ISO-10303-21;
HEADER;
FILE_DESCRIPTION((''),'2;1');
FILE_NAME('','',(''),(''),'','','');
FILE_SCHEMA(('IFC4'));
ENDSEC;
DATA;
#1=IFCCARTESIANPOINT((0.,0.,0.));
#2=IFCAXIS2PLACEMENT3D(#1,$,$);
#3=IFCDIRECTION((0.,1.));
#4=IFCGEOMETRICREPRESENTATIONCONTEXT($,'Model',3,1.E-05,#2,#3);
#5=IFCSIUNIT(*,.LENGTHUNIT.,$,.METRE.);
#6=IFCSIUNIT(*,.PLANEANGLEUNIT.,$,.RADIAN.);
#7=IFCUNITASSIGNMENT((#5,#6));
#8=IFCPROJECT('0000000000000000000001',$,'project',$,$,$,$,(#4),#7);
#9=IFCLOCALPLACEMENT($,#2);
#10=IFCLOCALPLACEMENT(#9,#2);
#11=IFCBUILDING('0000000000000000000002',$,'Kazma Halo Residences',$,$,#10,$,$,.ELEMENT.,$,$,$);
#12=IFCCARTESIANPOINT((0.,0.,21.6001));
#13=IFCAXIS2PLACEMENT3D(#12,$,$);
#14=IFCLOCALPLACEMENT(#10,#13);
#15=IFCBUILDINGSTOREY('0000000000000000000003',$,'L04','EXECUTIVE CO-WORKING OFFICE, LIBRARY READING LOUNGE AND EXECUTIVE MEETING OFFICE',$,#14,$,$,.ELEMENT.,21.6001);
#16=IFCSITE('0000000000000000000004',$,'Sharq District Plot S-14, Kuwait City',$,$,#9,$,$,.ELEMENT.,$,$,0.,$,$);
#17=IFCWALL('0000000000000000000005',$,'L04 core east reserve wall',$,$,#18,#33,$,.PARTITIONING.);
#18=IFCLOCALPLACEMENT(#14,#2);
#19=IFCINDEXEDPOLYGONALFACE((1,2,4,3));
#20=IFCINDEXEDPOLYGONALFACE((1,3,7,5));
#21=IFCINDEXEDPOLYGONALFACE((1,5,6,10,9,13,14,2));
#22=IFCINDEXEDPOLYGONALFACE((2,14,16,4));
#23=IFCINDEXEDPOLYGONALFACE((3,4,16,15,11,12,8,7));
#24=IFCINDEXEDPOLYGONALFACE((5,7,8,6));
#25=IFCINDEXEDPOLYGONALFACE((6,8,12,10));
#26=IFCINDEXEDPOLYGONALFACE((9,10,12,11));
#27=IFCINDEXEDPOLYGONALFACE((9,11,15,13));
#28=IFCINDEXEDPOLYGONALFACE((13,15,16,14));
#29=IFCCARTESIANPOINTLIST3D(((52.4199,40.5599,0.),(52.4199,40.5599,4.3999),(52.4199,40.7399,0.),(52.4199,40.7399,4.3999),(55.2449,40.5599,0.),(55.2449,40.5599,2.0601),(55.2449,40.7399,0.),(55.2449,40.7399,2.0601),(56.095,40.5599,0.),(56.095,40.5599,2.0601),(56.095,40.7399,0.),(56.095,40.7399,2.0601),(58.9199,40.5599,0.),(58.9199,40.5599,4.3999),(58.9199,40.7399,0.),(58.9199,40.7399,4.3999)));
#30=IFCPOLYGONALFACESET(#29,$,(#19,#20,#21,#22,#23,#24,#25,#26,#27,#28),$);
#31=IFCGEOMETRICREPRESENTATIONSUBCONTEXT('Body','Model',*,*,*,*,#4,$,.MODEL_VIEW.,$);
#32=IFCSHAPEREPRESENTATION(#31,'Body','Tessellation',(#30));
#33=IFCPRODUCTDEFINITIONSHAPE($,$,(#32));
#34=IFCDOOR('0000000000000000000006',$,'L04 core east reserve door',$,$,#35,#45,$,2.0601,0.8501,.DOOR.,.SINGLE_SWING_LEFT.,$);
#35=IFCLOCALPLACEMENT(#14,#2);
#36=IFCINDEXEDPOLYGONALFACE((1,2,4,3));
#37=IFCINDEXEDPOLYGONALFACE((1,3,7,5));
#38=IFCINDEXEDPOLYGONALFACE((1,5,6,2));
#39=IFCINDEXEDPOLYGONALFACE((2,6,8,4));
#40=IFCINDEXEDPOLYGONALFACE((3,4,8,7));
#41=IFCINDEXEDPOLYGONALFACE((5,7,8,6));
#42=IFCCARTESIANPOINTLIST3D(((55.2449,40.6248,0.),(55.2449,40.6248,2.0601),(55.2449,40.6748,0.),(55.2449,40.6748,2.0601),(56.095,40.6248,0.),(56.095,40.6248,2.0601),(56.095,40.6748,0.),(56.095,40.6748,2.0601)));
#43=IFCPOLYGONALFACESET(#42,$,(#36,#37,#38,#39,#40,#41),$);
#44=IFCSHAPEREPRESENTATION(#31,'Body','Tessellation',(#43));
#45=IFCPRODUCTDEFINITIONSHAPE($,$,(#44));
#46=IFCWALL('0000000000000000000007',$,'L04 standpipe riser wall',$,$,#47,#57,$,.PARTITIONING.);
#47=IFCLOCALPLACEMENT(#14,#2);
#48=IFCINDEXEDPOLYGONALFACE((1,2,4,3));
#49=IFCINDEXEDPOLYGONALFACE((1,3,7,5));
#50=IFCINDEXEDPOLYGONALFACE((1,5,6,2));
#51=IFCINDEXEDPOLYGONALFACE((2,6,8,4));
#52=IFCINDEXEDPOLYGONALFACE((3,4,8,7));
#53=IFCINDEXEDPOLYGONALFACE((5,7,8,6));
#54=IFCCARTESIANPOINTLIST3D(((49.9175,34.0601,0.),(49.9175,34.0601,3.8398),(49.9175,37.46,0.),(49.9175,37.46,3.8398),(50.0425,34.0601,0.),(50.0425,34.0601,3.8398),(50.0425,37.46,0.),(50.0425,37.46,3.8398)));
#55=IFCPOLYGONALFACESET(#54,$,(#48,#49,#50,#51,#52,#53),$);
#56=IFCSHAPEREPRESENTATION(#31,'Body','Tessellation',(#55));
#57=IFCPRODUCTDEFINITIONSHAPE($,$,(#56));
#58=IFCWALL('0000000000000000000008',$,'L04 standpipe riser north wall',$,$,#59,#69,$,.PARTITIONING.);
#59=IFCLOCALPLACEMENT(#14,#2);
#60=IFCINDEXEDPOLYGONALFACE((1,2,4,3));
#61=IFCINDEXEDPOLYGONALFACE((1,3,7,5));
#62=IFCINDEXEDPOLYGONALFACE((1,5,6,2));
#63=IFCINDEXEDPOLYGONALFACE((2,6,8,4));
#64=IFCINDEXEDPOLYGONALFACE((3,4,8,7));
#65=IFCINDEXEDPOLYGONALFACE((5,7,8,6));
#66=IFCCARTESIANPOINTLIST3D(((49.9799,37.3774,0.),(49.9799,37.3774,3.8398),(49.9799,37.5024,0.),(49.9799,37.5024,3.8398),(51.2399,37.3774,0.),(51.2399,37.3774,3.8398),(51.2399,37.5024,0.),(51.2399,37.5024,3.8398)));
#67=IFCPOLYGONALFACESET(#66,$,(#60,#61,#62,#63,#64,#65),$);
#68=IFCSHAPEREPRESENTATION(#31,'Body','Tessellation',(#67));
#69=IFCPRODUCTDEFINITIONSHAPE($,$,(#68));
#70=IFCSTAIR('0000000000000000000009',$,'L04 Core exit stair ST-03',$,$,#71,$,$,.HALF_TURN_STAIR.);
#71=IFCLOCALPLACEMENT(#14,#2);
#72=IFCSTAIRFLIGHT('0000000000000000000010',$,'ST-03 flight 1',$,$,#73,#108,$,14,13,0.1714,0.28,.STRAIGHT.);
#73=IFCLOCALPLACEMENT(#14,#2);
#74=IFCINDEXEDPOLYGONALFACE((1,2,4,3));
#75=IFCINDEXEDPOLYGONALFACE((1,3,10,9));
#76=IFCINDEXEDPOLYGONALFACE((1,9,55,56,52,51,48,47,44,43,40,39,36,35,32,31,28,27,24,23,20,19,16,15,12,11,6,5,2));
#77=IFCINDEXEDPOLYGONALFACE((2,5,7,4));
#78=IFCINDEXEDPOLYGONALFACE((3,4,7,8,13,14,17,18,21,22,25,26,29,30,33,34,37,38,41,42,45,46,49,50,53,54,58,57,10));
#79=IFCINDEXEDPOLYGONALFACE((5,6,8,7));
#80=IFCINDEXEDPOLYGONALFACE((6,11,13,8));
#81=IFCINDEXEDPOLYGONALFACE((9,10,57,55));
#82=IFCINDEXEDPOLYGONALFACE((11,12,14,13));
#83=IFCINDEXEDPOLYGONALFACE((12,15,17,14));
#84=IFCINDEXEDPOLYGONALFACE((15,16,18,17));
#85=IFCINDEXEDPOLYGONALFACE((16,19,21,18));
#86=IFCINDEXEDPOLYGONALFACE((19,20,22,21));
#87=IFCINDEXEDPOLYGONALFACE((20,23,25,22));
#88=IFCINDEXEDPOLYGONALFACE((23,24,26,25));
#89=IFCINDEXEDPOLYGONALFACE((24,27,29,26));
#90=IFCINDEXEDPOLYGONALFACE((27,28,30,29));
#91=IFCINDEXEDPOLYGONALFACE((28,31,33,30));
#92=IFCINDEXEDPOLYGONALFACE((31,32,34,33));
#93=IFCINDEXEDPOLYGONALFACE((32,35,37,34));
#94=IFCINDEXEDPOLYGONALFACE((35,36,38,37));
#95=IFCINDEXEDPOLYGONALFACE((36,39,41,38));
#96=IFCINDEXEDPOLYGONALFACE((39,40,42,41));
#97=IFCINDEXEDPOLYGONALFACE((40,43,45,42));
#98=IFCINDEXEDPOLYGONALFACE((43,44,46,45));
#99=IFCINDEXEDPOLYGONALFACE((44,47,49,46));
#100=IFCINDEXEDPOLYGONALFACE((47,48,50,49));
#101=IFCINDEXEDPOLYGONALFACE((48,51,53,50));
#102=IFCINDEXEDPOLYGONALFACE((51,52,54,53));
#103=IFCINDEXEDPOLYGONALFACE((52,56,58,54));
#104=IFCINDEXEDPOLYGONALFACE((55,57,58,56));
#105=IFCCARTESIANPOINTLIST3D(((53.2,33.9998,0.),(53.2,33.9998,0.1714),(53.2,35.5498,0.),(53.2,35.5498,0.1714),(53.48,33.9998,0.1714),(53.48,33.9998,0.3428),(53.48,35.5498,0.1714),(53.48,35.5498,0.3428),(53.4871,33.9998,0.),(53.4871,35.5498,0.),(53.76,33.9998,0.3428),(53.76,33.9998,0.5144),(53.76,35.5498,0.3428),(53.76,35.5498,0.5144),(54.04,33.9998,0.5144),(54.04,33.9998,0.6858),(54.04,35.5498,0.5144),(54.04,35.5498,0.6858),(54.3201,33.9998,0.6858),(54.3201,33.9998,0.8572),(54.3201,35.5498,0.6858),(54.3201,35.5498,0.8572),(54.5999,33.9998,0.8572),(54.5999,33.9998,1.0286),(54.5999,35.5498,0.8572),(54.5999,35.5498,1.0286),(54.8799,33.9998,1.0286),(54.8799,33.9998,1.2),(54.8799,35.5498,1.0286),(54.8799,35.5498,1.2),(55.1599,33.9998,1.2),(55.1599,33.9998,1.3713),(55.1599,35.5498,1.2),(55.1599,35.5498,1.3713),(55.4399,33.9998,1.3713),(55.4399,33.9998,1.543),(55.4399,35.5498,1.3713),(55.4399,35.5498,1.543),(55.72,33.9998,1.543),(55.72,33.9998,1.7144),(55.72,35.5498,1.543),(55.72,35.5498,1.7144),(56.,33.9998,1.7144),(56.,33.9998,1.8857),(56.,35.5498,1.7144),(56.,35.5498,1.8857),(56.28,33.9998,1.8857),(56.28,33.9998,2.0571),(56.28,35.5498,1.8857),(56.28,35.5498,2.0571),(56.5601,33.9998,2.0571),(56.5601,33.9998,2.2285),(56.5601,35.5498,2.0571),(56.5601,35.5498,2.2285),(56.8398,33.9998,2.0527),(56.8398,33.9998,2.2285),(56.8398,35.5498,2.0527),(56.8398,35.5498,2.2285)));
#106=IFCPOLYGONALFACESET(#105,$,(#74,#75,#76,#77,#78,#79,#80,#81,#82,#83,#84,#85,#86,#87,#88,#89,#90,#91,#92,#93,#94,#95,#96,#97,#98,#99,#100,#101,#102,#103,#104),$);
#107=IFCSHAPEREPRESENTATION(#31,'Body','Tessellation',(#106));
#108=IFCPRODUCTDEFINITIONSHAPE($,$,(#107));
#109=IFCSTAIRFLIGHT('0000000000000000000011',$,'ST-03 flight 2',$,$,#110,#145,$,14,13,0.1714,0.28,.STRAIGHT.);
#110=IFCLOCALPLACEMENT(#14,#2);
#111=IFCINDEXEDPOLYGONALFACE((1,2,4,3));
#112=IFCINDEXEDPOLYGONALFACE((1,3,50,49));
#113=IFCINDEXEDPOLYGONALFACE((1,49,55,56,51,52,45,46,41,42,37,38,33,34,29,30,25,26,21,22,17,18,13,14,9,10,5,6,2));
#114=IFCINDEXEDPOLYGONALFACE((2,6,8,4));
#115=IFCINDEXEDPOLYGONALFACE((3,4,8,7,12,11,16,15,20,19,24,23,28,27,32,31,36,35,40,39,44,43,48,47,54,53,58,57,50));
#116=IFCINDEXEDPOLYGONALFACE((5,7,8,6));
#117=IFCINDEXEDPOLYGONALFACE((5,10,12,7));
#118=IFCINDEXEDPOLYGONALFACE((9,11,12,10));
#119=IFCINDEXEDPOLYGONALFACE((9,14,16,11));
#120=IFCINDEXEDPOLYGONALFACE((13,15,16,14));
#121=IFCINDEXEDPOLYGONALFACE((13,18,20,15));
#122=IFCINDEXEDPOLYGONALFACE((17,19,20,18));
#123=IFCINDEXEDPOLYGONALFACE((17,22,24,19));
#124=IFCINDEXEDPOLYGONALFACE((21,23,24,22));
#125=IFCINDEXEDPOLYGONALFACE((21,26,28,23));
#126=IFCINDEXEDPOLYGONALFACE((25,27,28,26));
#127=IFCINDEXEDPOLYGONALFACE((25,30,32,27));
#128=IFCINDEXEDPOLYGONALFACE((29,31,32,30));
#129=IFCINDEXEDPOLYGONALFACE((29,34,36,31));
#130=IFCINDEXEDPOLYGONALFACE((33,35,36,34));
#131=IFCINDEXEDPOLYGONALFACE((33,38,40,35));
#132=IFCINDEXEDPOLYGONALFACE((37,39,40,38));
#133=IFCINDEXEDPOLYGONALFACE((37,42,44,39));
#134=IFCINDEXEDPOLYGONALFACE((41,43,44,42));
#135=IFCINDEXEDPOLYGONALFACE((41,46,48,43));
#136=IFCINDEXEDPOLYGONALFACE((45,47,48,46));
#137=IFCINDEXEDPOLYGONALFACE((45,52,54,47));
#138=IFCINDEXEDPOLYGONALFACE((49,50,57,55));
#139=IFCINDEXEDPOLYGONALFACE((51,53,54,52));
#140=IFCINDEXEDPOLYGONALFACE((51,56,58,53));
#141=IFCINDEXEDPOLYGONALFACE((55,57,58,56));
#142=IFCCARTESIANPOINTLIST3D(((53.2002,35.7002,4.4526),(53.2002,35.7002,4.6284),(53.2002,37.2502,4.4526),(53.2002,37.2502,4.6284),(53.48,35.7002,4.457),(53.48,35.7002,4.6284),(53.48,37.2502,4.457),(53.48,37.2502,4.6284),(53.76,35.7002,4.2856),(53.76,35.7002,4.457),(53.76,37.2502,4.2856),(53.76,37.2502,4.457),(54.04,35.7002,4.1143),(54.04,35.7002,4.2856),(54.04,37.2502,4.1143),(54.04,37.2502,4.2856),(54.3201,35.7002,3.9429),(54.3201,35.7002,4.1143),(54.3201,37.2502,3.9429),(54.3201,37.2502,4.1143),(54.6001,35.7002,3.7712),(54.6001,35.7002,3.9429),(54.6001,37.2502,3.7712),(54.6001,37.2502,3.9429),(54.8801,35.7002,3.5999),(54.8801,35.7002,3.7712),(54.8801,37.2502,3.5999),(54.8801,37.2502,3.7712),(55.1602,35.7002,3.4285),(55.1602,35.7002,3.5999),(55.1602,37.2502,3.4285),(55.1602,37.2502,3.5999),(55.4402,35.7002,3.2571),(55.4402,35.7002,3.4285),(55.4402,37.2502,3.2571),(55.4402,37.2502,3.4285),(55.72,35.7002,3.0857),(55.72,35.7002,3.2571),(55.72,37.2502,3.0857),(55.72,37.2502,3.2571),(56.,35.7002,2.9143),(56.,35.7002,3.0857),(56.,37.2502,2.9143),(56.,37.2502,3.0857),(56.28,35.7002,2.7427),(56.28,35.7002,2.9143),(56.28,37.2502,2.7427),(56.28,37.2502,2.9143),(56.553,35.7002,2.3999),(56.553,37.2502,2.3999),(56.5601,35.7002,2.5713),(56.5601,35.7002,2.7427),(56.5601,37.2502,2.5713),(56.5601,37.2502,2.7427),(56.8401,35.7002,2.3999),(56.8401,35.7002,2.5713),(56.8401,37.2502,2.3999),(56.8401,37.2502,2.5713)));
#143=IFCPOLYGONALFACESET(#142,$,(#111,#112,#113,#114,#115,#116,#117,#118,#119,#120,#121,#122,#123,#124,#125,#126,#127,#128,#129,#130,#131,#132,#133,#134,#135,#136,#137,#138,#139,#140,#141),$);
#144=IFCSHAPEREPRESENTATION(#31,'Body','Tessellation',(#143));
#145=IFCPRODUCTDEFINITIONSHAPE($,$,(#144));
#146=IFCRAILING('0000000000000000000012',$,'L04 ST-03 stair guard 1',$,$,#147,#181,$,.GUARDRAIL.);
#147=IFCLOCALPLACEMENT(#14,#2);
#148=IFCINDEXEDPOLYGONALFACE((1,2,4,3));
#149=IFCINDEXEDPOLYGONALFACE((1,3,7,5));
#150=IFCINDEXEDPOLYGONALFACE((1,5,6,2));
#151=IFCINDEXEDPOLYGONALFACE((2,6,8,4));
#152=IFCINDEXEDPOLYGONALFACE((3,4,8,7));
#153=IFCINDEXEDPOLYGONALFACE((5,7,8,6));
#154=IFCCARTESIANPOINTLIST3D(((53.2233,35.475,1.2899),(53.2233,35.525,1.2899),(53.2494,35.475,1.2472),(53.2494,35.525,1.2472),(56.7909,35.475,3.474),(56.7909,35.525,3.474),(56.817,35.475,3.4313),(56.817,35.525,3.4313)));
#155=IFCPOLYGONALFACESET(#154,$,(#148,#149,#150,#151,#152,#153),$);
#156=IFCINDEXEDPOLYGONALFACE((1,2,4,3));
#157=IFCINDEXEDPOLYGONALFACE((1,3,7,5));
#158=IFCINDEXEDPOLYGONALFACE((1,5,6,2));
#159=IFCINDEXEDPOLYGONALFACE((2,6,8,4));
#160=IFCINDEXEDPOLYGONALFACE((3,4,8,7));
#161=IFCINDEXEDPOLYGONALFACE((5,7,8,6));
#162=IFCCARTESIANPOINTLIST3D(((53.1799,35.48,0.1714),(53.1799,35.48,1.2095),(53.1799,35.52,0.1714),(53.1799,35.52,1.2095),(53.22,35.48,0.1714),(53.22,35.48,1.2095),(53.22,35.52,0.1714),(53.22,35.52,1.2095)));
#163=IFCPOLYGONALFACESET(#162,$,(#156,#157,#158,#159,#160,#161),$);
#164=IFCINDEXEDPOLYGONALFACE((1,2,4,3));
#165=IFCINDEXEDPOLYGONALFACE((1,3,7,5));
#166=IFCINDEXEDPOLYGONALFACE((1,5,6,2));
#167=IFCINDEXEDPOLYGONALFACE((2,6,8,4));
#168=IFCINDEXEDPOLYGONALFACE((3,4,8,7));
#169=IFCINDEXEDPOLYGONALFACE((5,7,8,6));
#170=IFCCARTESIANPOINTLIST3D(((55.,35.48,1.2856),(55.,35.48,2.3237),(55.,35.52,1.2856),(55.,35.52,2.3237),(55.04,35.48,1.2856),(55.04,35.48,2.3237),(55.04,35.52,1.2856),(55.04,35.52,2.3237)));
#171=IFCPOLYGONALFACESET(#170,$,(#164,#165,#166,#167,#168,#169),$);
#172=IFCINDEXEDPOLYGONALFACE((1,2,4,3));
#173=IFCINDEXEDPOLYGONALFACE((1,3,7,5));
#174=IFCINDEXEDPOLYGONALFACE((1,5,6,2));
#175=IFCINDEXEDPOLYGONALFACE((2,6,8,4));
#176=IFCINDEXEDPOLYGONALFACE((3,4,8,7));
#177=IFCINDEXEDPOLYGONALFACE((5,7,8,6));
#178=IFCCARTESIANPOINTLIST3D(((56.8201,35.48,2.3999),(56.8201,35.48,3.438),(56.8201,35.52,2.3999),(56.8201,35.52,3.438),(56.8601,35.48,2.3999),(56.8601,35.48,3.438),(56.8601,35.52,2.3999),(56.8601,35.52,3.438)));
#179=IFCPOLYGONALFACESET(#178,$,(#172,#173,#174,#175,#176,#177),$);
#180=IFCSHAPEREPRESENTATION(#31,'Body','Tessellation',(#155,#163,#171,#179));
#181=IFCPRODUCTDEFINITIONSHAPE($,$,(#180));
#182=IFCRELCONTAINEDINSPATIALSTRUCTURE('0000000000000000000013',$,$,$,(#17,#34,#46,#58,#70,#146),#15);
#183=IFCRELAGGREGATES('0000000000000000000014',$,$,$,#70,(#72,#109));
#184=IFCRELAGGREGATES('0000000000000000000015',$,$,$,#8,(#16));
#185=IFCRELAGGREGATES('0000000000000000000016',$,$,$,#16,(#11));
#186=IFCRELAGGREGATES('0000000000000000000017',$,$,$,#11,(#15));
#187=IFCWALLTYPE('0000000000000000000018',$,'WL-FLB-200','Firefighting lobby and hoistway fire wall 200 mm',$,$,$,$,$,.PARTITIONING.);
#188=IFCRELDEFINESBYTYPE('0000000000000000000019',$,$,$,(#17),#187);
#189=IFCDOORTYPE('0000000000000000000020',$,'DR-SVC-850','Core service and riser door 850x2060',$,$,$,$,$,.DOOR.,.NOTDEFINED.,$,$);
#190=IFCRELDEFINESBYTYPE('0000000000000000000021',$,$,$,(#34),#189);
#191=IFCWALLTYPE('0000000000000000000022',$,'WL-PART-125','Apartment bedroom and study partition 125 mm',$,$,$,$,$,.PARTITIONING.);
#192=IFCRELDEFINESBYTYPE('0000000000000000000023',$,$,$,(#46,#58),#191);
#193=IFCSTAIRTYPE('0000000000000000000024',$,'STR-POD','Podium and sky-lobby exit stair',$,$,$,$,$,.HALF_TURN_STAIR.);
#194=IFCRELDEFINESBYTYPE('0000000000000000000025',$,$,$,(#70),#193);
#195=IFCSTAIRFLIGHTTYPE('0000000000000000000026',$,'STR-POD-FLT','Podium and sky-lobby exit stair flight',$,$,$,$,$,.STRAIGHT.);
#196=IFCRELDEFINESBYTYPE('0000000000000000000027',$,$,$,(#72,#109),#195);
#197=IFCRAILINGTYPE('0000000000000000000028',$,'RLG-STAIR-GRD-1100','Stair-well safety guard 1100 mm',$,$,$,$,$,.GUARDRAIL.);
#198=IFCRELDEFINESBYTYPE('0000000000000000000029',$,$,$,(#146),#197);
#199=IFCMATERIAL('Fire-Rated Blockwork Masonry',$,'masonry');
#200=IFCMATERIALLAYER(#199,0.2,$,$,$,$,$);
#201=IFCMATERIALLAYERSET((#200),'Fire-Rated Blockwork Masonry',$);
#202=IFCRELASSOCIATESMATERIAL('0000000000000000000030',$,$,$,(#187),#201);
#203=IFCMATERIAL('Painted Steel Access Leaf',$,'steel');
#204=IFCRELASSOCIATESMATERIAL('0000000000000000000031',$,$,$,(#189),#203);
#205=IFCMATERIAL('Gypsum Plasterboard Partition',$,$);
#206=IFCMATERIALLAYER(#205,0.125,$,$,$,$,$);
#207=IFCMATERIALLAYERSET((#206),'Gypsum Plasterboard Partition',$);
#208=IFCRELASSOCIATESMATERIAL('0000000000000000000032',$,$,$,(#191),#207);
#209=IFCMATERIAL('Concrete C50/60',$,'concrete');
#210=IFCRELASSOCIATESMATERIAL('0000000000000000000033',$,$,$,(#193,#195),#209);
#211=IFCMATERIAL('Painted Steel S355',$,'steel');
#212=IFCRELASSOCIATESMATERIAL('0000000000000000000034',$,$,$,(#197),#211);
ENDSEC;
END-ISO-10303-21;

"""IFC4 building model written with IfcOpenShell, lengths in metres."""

from ifc_helpers import new_model, si_unit, direction, frame, frame_2d, origin, origin_2d, place, context, subcontext, project, spatial, polyline, rectangle, outline, extrude, material, layer, layer_set, type_object, element, fill, aggregate, save


model = new_model("IFC4")

# Units and contexts
model_context = context("Model", 3, precision=1e-05, world=origin(), true_north=direction((0.0, 1.0)))
body_context = subcontext(model_context, "Body", "Model", "MODEL_VIEW")
ifc_project = project(units=[si_unit("LENGTHUNIT", "METRE"), si_unit("PLANEANGLEUNIT", "RADIAN")], contexts=[model_context])

# Site, building, storey
site_placement = place(None, origin())
site = spatial("IfcSite", under=ifc_project, at=site_placement, Name="Sharq District Plot S-14, Kuwait City", CompositionType="ELEMENT", RefElevation=0.0)
building_placement = place(site_placement, origin())
building = spatial("IfcBuilding", under=site, at=building_placement, Name="Kazma Halo Residences", CompositionType="ELEMENT")
storey_placement = place(building_placement, frame((0.0, 0.0, 21.6001)))
storey = spatial("IfcBuildingStorey", under=building, at=storey_placement, Name="L04", Description="EXECUTIVE CO-WORKING OFFICE, LIBRARY READING LOUNGE AND EXECUTIVE MEETING OFFICE", CompositionType="ELEMENT", Elevation=21.6001)

# Shared definitions
ifc_material_1 = material(Name="Fire-Rated Blockwork Masonry", Category="masonry")
ifc_layer_1 = layer(ifc_material_1, 0.2)
ifc_layer_set_1 = layer_set([ifc_layer_1], Name="Fire-Rated Blockwork Masonry")
wall_type_1 = type_object("IfcWallType", Name="WL-FLB-200", Description="Firefighting lobby and hoistway fire wall 200 mm", PredefinedType="PARTITIONING", material=ifc_layer_set_1)

# Wall, opening, door
wall_1_placement = place(storey_placement, frame((52.4199, 40.6499, 0.0), z_axis=(0.0, 0.0, 1.0), x_axis=(1.0, 0.0, 0.0)))
wall_1 = element("IfcWall", 1, at=wall_1_placement, inside=storey, type_object=wall_type_1, Name="L04 core east reserve wall", PredefinedType="PARTITIONING", context=body_context, shape_type="SweptSolid", body=[
    extrude(rectangle(XDim=6.5, YDim=0.1799, at=frame_2d((3.25, 0.0))), origin(), (0.0, 0.0, 1.0), 4.3999),
])
opening_1_placement = place(wall_1_placement, frame((2.825, 0.0, 0.0)))
opening_1 = element("IfcOpeningElement", 2, at=opening_1_placement, cuts=wall_1, PredefinedType="OPENING", context=body_context, shape_type="SweptSolid", body=[
    extrude(rectangle(XDim=0.8501, YDim=2.0601, at=frame_2d((0.425, 1.03))), frame((0.0, 0.0999, 0.0), z_axis=(0.0, -1.0, 0.0), x_axis=(1.0, 0.0, 0.0)), (0.0, 0.0, 1.0), 0.2),
])
ifc_material_2 = material(Name="Painted Steel Access Leaf", Category="steel")
door_type_1 = type_object("IfcDoorType", Name="DR-SVC-850", Description="Core service and riser door 850x2060", OperationType="NOTDEFINED", PredefinedType="DOOR", material=ifc_material_2)
door_1_placement = place(opening_1_placement, origin())
door_1 = element("IfcDoor", 3, at=door_1_placement, inside=storey, type_object=door_type_1, Name="L04 core east reserve door", OperationType="SINGLE_SWING_LEFT", OverallHeight=2.0601, OverallWidth=0.8501, PredefinedType="DOOR", context=body_context, shape_type="SweptSolid", body=[
    extrude(rectangle(XDim=0.8501, YDim=2.0601, at=frame_2d((0.425, 1.03))), frame((0.0, 0.0249, 0.0), z_axis=(0.0, -1.0, 0.0), x_axis=(1.0, 0.0, 0.0)), (0.0, 0.0, 1.0), 0.05),
])
fill(opening_1, door_1)

# Walls
ifc_material_3 = material(Name="Gypsum Plasterboard Partition")
ifc_layer_2 = layer(ifc_material_3, 0.125)
ifc_layer_set_2 = layer_set([ifc_layer_2], Name="Gypsum Plasterboard Partition")
wall_type_2 = type_object("IfcWallType", Name="WL-PART-125", Description="Apartment bedroom and study partition 125 mm", PredefinedType="PARTITIONING", material=ifc_layer_set_2)
wall_2_placement = place(storey_placement, frame((49.98, 34.0601, 0.0), z_axis=(0.0, 0.0, 1.0), x_axis=(0.0, 1.0, 0.0)))
element("IfcWall", 4, at=wall_2_placement, inside=storey, type_object=wall_type_2, Name="L04 standpipe riser wall", PredefinedType="PARTITIONING", context=body_context, shape_type="SweptSolid", body=[
    extrude(rectangle(XDim=3.3999, YDim=0.125, at=frame_2d((1.7, 0.0))), origin(), (0.0, 0.0, 1.0), 3.8398),
])
wall_3_placement = place(storey_placement, frame((49.98, 37.4399, 0.0), z_axis=(0.0, 0.0, 1.0), x_axis=(1.0, 0.0, 0.0)))
element("IfcWall", 5, at=wall_3_placement, inside=storey, type_object=wall_type_2, Name="L04 standpipe riser north wall", PredefinedType="PARTITIONING", context=body_context, shape_type="SweptSolid", body=[
    extrude(rectangle(XDim=1.26, YDim=0.125, at=frame_2d((0.6299, 0.0))), origin(), (0.0, 0.0, 1.0), 3.8398),
])

# Shared definitions
ifc_material_4 = material(Name="Concrete C50/60", Category="concrete")

# Stair, stair flights
stair_type = type_object("IfcStairType", Name="STR-POD", Description="Podium and sky-lobby exit stair", PredefinedType="HALF_TURN_STAIR", material=ifc_material_4)
stair_placement = place(storey_placement, origin())
stair = element("IfcStair", 6, at=stair_placement, inside=storey, type_object=stair_type, Name="L04 Core exit stair ST-03", PredefinedType="HALF_TURN_STAIR")
stair_flight_type = type_object("IfcStairFlightType", Name="STR-POD-FLT", Description="Podium and sky-lobby exit stair flight", PredefinedType="STRAIGHT", material=ifc_material_4)
stair_flight_1_placement = place(storey_placement, frame((53.2, 34.7749, 0.0), z_axis=(0.0, 0.0, 1.0), x_axis=(1.0, 0.0, 0.0)))
stair_flight_1 = element("IfcStairFlight", 7, at=stair_flight_1_placement, type_object=stair_flight_type, Name="ST-03 flight 1", NumberOfRisers=14, NumberOfTreads=13, PredefinedType="STRAIGHT", RiserHeight=0.1714, TreadLength=0.28, context=body_context, shape_type="SweptSolid", body=[
    extrude(outline(polyline([(0.0, 0.0), (0.0, 0.1714), (0.28, 0.1714), (0.28, 0.3428), (0.5601, 0.3428), (0.5601, 0.5144), (0.8401, 0.5144), (0.8401, 0.6858), (1.1201, 0.6858), (1.1201, 0.8572), (1.3999, 0.8572), (1.3999, 1.0286), (1.6799, 1.0286), (1.6799, 1.2), (1.96, 1.2), (1.96, 1.3713), (2.24, 1.3713), (2.24, 1.543), (2.52, 1.543), (2.52, 1.7144), (2.8, 1.7144), (2.8, 1.8857), (3.0801, 1.8857), (3.0801, 2.0571), (3.3601, 2.0571), (3.3601, 2.2285), (3.6399, 2.2285), (3.6399, 2.3999), (3.6399, 2.0527), (0.2871, 0.0), (0.0, 0.0)])), frame((0.0, 0.7749, 0.0), z_axis=(0.0, -1.0, 0.0), x_axis=(1.0, 0.0, 0.0)), (0.0, 0.0, 1.0), 1.55),
])
stair_flight_2_placement = place(storey_placement, frame((56.8401, 36.4751, 2.3999), z_axis=(0.0, 0.0, 1.0), x_axis=(-1.0, 0.0, 0.0)))
stair_flight_2 = element("IfcStairFlight", 8, at=stair_flight_2_placement, type_object=stair_flight_type, Name="ST-03 flight 2", NumberOfRisers=14, NumberOfTreads=13, PredefinedType="STRAIGHT", RiserHeight=0.1714, TreadLength=0.28, context=body_context, shape_type="SweptSolid", body=[
    extrude(outline(polyline([(0.0, 0.0), (0.0, 0.1714), (0.28, 0.1714), (0.28, 0.3428), (0.5601, 0.3428), (0.5601, 0.5144), (0.8401, 0.5144), (0.8401, 0.6858), (1.1201, 0.6858), (1.1201, 0.8572), (1.3999, 0.8572), (1.3999, 1.0286), (1.6799, 1.0286), (1.6799, 1.2), (1.96, 1.2), (1.96, 1.3713), (2.24, 1.3713), (2.24, 1.543), (2.52, 1.543), (2.52, 1.7144), (2.8, 1.7144), (2.8, 1.8857), (3.0801, 1.8857), (3.0801, 2.0571), (3.3601, 2.0571), (3.3601, 2.2285), (3.6399, 2.2285), (3.6399, 2.3999), (3.6399, 2.0527), (0.2871, 0.0), (0.0, 0.0)])), frame((0.0, 0.7749, 0.0), z_axis=(0.0, -1.0, 0.0), x_axis=(1.0, 0.0, 0.0)), (0.0, 0.0, 1.0), 1.55),
])
aggregate(stair, [stair_flight_1, stair_flight_2])

# Railing
ifc_material_5 = material(Name="Painted Steel S355", Category="steel")
railing_type_1 = type_object("IfcRailingType", Name="RLG-STAIR-GRD-1100", Description="Stair-well safety guard 1100 mm", PredefinedType="GUARDRAIL", material=ifc_material_5)
railing_1_placement = place(storey_placement, frame((53.2, 35.5, 0.1714)))
element("IfcRailing", 9, at=railing_1_placement, inside=storey, type_object=railing_type_1, Name="L04 ST-03 stair guard 1", PredefinedType="GUARDRAIL", context=body_context, shape_type="SweptSolid", body=[
    extrude(rectangle(XDim=0.05, YDim=0.05, at=origin_2d()), frame((0.0364, 0.0, 1.0972), z_axis=(0.852866, 0.0, 0.52213), x_axis=(0.0, 1.0, 0.0)), (0.0, 0.0, 1.0), 4.1831),
    extrude(rectangle(XDim=0.04, YDim=0.04, at=origin_2d()), origin(), (0.0, 0.0, 1.0), 1.0381),
    extrude(rectangle(XDim=0.04, YDim=0.04, at=origin_2d()), frame((1.8201, 0.0, 1.1143)), (0.0, 0.0, 1.0), 1.0381),
    extrude(rectangle(XDim=0.04, YDim=0.04, at=origin_2d()), frame((3.6401, 0.0, 2.2285)), (0.0, 0.0, 1.0), 1.0381),
])

save(model, "model.ifc")
